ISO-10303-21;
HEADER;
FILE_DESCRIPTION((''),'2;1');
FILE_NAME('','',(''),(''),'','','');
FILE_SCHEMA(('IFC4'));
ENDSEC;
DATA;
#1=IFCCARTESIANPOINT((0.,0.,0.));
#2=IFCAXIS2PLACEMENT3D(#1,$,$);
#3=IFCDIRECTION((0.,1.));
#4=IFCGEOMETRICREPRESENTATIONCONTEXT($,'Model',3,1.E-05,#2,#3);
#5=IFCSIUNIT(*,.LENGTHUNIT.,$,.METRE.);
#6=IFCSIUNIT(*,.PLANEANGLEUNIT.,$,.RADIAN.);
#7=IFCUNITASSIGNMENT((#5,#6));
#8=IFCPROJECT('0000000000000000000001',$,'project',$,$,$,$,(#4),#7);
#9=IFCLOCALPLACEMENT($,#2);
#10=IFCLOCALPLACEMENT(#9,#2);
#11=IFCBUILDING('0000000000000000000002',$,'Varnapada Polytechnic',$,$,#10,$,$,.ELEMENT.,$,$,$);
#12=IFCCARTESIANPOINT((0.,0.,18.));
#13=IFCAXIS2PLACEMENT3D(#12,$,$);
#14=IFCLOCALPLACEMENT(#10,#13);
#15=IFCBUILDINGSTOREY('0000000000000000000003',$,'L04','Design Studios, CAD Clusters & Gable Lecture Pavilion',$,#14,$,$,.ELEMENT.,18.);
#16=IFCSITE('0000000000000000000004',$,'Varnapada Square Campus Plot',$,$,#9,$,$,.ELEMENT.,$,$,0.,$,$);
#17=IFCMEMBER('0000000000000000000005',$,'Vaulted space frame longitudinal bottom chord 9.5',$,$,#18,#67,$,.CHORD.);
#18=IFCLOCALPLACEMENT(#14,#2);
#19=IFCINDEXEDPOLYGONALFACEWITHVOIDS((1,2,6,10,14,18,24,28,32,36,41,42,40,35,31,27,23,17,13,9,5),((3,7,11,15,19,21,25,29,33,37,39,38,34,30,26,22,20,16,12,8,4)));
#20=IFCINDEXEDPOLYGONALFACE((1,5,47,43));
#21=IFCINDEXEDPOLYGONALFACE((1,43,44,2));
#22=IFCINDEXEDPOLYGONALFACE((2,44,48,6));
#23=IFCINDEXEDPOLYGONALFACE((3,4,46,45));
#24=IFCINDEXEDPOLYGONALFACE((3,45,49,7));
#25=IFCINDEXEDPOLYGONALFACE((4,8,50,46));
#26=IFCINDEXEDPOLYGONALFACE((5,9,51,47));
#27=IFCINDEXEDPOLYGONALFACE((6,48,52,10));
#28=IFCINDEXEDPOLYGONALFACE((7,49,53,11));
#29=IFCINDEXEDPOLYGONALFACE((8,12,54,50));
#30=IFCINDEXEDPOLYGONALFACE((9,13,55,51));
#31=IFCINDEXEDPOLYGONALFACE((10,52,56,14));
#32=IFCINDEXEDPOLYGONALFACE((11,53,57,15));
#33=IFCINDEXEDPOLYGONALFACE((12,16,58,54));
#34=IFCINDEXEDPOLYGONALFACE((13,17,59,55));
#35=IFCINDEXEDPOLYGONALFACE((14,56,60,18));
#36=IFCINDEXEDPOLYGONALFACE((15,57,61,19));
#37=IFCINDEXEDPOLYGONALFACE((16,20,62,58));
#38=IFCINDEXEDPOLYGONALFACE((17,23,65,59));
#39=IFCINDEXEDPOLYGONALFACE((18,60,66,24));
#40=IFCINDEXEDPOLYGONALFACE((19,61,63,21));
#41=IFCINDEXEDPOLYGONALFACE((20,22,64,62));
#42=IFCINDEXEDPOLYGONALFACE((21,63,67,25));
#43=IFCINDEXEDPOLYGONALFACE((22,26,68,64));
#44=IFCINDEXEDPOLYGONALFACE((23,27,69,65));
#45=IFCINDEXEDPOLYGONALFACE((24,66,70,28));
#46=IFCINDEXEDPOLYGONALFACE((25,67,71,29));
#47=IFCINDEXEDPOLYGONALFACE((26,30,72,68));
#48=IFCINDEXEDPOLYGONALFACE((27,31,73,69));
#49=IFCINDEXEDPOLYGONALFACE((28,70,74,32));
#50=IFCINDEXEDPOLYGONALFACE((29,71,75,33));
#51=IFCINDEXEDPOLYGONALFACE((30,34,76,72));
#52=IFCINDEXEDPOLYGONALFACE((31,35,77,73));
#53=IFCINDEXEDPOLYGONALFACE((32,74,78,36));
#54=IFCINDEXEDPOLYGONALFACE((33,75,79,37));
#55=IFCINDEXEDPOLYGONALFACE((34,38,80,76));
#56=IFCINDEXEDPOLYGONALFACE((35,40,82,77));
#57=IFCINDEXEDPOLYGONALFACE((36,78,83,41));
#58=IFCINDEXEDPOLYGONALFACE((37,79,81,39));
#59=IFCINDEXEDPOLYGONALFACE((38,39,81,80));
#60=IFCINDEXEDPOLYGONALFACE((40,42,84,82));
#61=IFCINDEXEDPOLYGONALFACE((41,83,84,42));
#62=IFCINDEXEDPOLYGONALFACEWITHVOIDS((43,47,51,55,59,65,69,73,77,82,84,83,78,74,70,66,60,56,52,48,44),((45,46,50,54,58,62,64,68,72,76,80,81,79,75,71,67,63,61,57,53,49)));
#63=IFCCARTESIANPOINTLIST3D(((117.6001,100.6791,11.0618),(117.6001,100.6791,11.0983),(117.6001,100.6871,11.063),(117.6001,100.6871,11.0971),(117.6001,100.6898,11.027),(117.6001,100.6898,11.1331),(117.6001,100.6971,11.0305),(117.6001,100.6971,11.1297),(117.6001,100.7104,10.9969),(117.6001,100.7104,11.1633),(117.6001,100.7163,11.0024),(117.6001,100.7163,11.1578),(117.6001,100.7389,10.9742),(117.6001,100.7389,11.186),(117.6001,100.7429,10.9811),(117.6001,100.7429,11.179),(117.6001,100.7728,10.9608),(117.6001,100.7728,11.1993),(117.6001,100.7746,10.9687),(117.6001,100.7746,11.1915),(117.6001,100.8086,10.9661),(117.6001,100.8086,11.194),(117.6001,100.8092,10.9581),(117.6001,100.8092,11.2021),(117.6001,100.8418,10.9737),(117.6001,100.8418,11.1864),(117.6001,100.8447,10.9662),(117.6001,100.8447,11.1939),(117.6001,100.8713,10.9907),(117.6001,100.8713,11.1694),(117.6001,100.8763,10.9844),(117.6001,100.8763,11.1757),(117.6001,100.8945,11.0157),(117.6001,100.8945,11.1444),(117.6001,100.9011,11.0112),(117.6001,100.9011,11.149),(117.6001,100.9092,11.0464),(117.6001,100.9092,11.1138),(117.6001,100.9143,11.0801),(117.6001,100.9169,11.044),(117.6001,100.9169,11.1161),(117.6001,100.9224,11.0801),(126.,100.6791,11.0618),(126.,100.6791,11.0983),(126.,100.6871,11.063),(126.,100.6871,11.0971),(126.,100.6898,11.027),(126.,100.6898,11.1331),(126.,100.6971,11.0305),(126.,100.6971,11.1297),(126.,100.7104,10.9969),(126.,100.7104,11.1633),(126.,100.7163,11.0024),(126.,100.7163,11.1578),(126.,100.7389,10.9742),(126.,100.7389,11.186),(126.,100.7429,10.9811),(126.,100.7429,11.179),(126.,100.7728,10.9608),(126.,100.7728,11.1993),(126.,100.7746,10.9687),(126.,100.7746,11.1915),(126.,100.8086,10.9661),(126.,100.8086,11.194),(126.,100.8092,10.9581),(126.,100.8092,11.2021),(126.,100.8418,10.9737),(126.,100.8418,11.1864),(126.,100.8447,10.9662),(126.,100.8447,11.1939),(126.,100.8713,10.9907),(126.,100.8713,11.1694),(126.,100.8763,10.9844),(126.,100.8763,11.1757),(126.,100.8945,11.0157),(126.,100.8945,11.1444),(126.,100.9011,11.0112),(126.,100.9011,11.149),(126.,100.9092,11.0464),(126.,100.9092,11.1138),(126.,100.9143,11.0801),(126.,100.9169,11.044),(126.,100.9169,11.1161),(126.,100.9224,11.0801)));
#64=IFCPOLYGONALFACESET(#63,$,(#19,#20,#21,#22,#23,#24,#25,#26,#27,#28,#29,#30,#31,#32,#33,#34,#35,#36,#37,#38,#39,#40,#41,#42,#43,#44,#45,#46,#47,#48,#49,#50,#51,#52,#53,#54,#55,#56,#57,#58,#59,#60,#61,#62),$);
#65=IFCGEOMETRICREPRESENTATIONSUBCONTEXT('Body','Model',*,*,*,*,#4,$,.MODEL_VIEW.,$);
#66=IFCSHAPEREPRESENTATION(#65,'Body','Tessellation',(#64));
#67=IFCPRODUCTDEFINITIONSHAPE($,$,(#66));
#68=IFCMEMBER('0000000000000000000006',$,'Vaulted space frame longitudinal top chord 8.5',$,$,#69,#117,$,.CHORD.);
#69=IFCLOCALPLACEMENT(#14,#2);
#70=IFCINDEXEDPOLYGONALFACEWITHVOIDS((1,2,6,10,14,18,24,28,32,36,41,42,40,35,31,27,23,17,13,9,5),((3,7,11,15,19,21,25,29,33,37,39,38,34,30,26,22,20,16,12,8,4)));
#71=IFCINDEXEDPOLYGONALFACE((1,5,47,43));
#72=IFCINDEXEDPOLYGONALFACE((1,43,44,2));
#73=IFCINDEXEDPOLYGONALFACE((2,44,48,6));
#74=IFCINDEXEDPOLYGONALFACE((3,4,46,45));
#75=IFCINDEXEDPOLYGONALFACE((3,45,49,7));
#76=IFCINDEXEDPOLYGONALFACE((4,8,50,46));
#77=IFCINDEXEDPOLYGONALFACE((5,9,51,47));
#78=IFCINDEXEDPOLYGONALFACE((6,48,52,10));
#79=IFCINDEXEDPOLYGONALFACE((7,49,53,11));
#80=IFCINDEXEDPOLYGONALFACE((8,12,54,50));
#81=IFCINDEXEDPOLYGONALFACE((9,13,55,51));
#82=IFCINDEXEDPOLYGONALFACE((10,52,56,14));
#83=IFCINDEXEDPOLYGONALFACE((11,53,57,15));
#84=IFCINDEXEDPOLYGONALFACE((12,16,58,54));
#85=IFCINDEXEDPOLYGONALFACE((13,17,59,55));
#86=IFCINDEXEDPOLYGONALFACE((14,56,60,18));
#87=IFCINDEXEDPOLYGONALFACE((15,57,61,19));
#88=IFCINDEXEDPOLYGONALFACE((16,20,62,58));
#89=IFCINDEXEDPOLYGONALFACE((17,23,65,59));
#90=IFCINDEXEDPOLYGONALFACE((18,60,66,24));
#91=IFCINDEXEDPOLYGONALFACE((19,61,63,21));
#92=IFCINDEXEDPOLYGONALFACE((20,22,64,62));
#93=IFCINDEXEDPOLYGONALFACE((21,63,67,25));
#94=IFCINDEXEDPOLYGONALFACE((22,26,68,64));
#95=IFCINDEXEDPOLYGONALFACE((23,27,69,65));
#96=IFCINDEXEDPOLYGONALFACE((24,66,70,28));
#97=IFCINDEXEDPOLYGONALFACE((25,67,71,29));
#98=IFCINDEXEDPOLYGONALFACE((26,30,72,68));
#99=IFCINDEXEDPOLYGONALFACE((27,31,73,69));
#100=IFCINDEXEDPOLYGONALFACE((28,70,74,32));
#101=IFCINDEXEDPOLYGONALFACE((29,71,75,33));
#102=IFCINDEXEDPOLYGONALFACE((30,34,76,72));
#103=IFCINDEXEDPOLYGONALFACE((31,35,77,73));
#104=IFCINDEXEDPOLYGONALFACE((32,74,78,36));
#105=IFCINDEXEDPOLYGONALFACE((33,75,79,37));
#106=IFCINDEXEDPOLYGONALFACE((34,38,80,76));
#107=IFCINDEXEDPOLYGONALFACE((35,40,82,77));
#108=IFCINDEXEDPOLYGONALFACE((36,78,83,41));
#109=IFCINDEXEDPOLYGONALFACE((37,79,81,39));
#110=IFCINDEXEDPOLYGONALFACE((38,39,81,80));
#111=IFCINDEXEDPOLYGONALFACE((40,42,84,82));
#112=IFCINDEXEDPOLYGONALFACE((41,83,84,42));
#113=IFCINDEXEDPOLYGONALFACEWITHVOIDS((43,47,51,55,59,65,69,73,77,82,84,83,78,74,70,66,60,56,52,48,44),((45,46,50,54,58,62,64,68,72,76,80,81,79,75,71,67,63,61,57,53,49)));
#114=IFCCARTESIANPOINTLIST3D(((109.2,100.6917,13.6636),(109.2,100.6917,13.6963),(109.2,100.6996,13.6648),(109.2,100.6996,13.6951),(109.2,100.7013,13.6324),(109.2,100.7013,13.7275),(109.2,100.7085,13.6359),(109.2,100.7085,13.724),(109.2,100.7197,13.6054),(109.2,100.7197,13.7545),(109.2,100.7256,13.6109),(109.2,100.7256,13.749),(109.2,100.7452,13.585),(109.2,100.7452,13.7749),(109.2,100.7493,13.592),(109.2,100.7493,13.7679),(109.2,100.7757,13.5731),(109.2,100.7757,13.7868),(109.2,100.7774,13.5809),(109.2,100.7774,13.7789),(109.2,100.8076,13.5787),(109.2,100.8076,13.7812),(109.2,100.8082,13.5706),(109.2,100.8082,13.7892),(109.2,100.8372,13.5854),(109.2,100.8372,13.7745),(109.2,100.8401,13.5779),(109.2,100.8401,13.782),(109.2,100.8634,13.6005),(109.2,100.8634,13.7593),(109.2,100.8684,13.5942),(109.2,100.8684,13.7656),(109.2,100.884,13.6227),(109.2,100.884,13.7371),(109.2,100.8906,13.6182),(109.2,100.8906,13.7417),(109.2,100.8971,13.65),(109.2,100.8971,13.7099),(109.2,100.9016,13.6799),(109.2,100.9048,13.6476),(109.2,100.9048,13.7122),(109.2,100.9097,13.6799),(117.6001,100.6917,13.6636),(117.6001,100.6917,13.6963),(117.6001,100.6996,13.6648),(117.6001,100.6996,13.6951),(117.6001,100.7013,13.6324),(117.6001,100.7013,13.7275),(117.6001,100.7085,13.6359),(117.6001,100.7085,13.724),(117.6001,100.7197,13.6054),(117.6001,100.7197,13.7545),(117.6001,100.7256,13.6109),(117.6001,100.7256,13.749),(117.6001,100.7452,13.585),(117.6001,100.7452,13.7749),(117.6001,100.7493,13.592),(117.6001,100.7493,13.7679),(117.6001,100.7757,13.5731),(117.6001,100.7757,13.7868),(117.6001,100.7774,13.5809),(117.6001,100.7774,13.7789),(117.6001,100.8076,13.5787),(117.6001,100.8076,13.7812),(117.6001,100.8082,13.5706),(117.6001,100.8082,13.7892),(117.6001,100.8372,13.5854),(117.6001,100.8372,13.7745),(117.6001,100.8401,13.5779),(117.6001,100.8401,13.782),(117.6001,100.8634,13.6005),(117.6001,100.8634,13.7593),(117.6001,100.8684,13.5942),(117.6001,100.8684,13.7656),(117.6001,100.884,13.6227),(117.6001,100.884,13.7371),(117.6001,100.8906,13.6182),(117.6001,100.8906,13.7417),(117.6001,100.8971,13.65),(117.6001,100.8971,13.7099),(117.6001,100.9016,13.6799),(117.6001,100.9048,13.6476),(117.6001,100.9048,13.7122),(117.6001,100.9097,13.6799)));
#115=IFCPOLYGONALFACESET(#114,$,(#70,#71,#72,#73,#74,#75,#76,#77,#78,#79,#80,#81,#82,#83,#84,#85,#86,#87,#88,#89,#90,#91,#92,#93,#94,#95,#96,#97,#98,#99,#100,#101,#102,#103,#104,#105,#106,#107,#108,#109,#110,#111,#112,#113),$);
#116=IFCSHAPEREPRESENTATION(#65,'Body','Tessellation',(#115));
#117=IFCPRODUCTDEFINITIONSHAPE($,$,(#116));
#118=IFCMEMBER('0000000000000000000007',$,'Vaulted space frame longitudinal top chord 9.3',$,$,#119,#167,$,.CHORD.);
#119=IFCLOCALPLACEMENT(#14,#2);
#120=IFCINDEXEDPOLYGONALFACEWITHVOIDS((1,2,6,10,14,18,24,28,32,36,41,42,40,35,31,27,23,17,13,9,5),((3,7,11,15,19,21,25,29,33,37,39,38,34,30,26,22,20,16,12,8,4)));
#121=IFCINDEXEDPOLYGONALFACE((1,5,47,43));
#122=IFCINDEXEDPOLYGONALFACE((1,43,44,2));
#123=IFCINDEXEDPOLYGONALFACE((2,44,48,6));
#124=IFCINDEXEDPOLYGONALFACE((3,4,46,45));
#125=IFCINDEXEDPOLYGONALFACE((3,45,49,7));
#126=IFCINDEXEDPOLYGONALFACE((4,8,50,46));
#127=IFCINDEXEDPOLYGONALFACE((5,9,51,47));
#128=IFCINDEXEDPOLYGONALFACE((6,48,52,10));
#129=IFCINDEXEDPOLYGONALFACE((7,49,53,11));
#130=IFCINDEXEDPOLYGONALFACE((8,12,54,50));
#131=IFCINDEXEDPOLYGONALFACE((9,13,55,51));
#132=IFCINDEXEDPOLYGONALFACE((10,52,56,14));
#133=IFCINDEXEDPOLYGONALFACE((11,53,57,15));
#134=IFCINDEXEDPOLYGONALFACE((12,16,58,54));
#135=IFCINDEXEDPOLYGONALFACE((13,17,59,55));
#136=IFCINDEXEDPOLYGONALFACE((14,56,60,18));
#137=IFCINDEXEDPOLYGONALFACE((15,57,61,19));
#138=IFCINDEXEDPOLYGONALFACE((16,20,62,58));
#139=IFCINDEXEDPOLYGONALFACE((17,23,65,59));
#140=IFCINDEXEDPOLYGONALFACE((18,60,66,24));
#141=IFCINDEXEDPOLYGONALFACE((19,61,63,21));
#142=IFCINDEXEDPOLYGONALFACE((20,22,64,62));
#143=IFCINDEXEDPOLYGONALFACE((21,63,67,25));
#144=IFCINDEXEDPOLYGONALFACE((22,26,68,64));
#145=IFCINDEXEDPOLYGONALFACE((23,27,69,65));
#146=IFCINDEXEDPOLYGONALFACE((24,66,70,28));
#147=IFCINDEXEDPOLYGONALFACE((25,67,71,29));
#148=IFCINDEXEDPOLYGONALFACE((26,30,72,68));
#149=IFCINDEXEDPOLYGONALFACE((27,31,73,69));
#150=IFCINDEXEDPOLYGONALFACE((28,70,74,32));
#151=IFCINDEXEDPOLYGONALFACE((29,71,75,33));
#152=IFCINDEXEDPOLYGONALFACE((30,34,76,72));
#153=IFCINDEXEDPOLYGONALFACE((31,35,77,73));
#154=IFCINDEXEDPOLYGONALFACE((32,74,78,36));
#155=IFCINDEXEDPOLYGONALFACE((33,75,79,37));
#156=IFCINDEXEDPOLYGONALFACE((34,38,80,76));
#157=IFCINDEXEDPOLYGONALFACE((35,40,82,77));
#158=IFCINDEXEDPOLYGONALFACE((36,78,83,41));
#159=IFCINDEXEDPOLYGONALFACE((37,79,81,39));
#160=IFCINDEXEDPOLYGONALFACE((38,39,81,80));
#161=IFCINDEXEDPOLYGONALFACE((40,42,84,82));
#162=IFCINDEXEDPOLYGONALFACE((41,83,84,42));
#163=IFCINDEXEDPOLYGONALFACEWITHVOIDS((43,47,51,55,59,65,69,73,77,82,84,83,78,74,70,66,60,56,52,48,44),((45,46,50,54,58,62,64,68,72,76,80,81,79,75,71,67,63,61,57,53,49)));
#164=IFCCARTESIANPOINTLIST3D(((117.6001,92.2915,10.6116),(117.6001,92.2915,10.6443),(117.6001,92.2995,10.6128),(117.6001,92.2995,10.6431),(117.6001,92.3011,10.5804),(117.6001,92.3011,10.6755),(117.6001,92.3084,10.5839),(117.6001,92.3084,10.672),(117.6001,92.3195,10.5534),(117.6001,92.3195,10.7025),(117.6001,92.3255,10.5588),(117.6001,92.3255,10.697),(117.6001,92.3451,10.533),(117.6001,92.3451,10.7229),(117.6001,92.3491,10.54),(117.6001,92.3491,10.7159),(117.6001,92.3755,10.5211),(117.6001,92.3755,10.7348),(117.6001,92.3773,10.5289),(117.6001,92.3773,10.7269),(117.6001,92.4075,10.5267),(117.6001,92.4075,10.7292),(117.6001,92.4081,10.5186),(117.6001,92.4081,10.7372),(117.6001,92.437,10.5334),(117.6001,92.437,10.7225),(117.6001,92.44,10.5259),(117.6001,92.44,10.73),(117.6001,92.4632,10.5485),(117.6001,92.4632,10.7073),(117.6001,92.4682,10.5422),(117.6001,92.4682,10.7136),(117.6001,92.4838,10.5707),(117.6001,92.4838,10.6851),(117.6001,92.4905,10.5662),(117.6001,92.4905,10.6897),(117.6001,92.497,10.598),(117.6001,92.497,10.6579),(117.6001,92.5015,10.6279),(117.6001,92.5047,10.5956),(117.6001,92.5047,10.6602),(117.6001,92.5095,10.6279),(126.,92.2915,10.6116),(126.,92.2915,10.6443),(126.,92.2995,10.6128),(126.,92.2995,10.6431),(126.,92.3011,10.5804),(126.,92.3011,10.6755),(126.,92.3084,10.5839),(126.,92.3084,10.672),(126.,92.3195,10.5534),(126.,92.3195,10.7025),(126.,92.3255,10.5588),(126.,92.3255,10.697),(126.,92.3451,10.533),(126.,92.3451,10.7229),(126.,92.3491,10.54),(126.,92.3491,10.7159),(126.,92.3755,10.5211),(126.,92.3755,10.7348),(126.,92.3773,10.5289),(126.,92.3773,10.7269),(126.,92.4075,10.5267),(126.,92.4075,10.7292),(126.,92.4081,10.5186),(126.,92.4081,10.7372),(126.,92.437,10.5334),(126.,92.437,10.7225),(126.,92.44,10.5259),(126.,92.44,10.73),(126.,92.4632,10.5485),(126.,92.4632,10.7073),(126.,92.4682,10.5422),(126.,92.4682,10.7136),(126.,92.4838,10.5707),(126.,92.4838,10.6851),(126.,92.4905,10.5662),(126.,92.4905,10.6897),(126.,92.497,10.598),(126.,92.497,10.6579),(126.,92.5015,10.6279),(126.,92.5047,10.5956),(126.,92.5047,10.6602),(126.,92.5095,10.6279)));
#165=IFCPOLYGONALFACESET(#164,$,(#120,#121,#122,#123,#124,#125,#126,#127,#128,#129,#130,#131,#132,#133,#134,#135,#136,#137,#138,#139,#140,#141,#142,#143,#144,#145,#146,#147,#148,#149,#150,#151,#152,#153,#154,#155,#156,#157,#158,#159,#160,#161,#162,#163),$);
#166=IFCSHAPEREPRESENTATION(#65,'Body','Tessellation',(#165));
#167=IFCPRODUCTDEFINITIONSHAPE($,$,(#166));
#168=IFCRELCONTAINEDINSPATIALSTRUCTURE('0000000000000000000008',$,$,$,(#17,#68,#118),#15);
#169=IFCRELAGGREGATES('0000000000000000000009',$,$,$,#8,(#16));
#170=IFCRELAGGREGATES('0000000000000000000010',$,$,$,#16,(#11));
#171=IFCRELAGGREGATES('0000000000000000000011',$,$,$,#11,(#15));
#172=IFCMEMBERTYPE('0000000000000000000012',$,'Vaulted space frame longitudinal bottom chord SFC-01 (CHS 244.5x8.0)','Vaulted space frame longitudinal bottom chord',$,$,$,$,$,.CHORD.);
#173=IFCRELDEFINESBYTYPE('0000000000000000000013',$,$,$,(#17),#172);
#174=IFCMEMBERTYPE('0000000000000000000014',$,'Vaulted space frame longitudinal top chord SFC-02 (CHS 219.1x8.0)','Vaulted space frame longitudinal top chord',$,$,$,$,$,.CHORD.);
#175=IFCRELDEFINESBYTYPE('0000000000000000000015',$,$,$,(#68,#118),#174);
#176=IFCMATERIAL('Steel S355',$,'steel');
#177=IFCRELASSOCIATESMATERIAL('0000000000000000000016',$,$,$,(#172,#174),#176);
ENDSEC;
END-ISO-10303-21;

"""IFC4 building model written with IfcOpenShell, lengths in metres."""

from ifc_helpers import new_model, si_unit, direction, frame, origin, origin_2d, place, context, subcontext, project, spatial, hollow_circle, extrude, material, material_profile, profile_set, type_object, element, save


model = new_model("IFC4")

# Units and contexts
model_context = context("Model", 3, precision=1e-05, world=origin(), true_north=direction((0.0, 1.0)))
body_context = subcontext(model_context, "Body", "Model", "MODEL_VIEW")
ifc_project = project(units=[si_unit("LENGTHUNIT", "METRE"), si_unit("PLANEANGLEUNIT", "RADIAN")], contexts=[model_context])

# Site, building, storey
site_placement = place(None, origin())
site = spatial("IfcSite", under=ifc_project, at=site_placement, Name="Varnapada Square Campus Plot", CompositionType="ELEMENT", RefElevation=0.0)
building_placement = place(site_placement, origin())
building = spatial("IfcBuilding", under=site, at=building_placement, Name="Varnapada Polytechnic", CompositionType="ELEMENT")
storey_placement = place(building_placement, frame((0.0, 0.0, 18.0)))
storey = spatial("IfcBuildingStorey", under=building, at=storey_placement, Name="L04", Description="Design Studios, CAD Clusters & Gable Lecture Pavilion", CompositionType="ELEMENT", Elevation=18.0)

# Members
ifc_material = material(Name="Steel S355", Category="steel")
ifc_material_profile_1 = material_profile(ifc_material, hollow_circle(Radius=0.1223, WallThickness=0.0081, at=origin_2d()), Name="CHS 244.5x8.0")
ifc_profile_set_1 = profile_set([ifc_material_profile_1], Name="Steel S355")
member_type_1 = type_object("IfcMemberType", Name="Vaulted space frame longitudinal bottom chord SFC-01 (CHS 244.5x8.0)", Description="Vaulted space frame longitudinal bottom chord", PredefinedType="CHORD", material=ifc_profile_set_1)
for number, where, z_axis, x_axis, name in (
    (1, (117.6001, 100.8, 11.0801), (1.0, 0.0, 0.0), (0.0, 1.0, 0.0), "Vaulted space frame longitudinal bottom chord 9.5"),
):
    element("IfcMember", number, at=place(storey_placement, frame(where, z_axis=z_axis, x_axis=x_axis)), inside=storey, type_object=member_type_1, Name=name, PredefinedType="CHORD", context=body_context, shape_type="SweptSolid", body=[
        extrude(hollow_circle(Radius=0.1223, WallThickness=0.0081, at=origin_2d()), origin(), (0.0, 0.0, 1.0), 8.3999),
    ])
ifc_material_profile_2 = material_profile(ifc_material, hollow_circle(Radius=0.1096, WallThickness=0.0081, at=origin_2d()), Name="CHS 219.1x8.0")
ifc_profile_set_2 = profile_set([ifc_material_profile_2], Name="Steel S355")
member_type_2 = type_object("IfcMemberType", Name="Vaulted space frame longitudinal top chord SFC-02 (CHS 219.1x8.0)", Description="Vaulted space frame longitudinal top chord", PredefinedType="CHORD", material=ifc_profile_set_2)
member_1_placement = place(storey_placement, frame((109.2, 100.8, 13.6799), z_axis=(1.0, 0.0, 0.0), x_axis=(0.0, 1.0, 0.0)))
element("IfcMember", 2, at=member_1_placement, inside=storey, type_object=member_type_2, Name="Vaulted space frame longitudinal top chord 8.5", PredefinedType="CHORD", context=body_context, shape_type="SweptSolid", body=[
    extrude(hollow_circle(Radius=0.1096, WallThickness=0.0081, at=origin_2d()), origin(), (0.0, 0.0, 1.0), 8.4001),
])
for number, where, z_axis, x_axis, name in (
    (3, (117.6001, 92.3999, 10.6279), (1.0, 0.0, 0.0), (0.0, 1.0, 0.0), "Vaulted space frame longitudinal top chord 9.3"),
):
    element("IfcMember", number, at=place(storey_placement, frame(where, z_axis=z_axis, x_axis=x_axis)), inside=storey, type_object=member_type_2, Name=name, PredefinedType="CHORD", context=body_context, shape_type="SweptSolid", body=[
        extrude(hollow_circle(Radius=0.1096, WallThickness=0.0081, at=origin_2d()), origin(), (0.0, 0.0, 1.0), 8.3999),
    ])

save(model, "model.ifc")
